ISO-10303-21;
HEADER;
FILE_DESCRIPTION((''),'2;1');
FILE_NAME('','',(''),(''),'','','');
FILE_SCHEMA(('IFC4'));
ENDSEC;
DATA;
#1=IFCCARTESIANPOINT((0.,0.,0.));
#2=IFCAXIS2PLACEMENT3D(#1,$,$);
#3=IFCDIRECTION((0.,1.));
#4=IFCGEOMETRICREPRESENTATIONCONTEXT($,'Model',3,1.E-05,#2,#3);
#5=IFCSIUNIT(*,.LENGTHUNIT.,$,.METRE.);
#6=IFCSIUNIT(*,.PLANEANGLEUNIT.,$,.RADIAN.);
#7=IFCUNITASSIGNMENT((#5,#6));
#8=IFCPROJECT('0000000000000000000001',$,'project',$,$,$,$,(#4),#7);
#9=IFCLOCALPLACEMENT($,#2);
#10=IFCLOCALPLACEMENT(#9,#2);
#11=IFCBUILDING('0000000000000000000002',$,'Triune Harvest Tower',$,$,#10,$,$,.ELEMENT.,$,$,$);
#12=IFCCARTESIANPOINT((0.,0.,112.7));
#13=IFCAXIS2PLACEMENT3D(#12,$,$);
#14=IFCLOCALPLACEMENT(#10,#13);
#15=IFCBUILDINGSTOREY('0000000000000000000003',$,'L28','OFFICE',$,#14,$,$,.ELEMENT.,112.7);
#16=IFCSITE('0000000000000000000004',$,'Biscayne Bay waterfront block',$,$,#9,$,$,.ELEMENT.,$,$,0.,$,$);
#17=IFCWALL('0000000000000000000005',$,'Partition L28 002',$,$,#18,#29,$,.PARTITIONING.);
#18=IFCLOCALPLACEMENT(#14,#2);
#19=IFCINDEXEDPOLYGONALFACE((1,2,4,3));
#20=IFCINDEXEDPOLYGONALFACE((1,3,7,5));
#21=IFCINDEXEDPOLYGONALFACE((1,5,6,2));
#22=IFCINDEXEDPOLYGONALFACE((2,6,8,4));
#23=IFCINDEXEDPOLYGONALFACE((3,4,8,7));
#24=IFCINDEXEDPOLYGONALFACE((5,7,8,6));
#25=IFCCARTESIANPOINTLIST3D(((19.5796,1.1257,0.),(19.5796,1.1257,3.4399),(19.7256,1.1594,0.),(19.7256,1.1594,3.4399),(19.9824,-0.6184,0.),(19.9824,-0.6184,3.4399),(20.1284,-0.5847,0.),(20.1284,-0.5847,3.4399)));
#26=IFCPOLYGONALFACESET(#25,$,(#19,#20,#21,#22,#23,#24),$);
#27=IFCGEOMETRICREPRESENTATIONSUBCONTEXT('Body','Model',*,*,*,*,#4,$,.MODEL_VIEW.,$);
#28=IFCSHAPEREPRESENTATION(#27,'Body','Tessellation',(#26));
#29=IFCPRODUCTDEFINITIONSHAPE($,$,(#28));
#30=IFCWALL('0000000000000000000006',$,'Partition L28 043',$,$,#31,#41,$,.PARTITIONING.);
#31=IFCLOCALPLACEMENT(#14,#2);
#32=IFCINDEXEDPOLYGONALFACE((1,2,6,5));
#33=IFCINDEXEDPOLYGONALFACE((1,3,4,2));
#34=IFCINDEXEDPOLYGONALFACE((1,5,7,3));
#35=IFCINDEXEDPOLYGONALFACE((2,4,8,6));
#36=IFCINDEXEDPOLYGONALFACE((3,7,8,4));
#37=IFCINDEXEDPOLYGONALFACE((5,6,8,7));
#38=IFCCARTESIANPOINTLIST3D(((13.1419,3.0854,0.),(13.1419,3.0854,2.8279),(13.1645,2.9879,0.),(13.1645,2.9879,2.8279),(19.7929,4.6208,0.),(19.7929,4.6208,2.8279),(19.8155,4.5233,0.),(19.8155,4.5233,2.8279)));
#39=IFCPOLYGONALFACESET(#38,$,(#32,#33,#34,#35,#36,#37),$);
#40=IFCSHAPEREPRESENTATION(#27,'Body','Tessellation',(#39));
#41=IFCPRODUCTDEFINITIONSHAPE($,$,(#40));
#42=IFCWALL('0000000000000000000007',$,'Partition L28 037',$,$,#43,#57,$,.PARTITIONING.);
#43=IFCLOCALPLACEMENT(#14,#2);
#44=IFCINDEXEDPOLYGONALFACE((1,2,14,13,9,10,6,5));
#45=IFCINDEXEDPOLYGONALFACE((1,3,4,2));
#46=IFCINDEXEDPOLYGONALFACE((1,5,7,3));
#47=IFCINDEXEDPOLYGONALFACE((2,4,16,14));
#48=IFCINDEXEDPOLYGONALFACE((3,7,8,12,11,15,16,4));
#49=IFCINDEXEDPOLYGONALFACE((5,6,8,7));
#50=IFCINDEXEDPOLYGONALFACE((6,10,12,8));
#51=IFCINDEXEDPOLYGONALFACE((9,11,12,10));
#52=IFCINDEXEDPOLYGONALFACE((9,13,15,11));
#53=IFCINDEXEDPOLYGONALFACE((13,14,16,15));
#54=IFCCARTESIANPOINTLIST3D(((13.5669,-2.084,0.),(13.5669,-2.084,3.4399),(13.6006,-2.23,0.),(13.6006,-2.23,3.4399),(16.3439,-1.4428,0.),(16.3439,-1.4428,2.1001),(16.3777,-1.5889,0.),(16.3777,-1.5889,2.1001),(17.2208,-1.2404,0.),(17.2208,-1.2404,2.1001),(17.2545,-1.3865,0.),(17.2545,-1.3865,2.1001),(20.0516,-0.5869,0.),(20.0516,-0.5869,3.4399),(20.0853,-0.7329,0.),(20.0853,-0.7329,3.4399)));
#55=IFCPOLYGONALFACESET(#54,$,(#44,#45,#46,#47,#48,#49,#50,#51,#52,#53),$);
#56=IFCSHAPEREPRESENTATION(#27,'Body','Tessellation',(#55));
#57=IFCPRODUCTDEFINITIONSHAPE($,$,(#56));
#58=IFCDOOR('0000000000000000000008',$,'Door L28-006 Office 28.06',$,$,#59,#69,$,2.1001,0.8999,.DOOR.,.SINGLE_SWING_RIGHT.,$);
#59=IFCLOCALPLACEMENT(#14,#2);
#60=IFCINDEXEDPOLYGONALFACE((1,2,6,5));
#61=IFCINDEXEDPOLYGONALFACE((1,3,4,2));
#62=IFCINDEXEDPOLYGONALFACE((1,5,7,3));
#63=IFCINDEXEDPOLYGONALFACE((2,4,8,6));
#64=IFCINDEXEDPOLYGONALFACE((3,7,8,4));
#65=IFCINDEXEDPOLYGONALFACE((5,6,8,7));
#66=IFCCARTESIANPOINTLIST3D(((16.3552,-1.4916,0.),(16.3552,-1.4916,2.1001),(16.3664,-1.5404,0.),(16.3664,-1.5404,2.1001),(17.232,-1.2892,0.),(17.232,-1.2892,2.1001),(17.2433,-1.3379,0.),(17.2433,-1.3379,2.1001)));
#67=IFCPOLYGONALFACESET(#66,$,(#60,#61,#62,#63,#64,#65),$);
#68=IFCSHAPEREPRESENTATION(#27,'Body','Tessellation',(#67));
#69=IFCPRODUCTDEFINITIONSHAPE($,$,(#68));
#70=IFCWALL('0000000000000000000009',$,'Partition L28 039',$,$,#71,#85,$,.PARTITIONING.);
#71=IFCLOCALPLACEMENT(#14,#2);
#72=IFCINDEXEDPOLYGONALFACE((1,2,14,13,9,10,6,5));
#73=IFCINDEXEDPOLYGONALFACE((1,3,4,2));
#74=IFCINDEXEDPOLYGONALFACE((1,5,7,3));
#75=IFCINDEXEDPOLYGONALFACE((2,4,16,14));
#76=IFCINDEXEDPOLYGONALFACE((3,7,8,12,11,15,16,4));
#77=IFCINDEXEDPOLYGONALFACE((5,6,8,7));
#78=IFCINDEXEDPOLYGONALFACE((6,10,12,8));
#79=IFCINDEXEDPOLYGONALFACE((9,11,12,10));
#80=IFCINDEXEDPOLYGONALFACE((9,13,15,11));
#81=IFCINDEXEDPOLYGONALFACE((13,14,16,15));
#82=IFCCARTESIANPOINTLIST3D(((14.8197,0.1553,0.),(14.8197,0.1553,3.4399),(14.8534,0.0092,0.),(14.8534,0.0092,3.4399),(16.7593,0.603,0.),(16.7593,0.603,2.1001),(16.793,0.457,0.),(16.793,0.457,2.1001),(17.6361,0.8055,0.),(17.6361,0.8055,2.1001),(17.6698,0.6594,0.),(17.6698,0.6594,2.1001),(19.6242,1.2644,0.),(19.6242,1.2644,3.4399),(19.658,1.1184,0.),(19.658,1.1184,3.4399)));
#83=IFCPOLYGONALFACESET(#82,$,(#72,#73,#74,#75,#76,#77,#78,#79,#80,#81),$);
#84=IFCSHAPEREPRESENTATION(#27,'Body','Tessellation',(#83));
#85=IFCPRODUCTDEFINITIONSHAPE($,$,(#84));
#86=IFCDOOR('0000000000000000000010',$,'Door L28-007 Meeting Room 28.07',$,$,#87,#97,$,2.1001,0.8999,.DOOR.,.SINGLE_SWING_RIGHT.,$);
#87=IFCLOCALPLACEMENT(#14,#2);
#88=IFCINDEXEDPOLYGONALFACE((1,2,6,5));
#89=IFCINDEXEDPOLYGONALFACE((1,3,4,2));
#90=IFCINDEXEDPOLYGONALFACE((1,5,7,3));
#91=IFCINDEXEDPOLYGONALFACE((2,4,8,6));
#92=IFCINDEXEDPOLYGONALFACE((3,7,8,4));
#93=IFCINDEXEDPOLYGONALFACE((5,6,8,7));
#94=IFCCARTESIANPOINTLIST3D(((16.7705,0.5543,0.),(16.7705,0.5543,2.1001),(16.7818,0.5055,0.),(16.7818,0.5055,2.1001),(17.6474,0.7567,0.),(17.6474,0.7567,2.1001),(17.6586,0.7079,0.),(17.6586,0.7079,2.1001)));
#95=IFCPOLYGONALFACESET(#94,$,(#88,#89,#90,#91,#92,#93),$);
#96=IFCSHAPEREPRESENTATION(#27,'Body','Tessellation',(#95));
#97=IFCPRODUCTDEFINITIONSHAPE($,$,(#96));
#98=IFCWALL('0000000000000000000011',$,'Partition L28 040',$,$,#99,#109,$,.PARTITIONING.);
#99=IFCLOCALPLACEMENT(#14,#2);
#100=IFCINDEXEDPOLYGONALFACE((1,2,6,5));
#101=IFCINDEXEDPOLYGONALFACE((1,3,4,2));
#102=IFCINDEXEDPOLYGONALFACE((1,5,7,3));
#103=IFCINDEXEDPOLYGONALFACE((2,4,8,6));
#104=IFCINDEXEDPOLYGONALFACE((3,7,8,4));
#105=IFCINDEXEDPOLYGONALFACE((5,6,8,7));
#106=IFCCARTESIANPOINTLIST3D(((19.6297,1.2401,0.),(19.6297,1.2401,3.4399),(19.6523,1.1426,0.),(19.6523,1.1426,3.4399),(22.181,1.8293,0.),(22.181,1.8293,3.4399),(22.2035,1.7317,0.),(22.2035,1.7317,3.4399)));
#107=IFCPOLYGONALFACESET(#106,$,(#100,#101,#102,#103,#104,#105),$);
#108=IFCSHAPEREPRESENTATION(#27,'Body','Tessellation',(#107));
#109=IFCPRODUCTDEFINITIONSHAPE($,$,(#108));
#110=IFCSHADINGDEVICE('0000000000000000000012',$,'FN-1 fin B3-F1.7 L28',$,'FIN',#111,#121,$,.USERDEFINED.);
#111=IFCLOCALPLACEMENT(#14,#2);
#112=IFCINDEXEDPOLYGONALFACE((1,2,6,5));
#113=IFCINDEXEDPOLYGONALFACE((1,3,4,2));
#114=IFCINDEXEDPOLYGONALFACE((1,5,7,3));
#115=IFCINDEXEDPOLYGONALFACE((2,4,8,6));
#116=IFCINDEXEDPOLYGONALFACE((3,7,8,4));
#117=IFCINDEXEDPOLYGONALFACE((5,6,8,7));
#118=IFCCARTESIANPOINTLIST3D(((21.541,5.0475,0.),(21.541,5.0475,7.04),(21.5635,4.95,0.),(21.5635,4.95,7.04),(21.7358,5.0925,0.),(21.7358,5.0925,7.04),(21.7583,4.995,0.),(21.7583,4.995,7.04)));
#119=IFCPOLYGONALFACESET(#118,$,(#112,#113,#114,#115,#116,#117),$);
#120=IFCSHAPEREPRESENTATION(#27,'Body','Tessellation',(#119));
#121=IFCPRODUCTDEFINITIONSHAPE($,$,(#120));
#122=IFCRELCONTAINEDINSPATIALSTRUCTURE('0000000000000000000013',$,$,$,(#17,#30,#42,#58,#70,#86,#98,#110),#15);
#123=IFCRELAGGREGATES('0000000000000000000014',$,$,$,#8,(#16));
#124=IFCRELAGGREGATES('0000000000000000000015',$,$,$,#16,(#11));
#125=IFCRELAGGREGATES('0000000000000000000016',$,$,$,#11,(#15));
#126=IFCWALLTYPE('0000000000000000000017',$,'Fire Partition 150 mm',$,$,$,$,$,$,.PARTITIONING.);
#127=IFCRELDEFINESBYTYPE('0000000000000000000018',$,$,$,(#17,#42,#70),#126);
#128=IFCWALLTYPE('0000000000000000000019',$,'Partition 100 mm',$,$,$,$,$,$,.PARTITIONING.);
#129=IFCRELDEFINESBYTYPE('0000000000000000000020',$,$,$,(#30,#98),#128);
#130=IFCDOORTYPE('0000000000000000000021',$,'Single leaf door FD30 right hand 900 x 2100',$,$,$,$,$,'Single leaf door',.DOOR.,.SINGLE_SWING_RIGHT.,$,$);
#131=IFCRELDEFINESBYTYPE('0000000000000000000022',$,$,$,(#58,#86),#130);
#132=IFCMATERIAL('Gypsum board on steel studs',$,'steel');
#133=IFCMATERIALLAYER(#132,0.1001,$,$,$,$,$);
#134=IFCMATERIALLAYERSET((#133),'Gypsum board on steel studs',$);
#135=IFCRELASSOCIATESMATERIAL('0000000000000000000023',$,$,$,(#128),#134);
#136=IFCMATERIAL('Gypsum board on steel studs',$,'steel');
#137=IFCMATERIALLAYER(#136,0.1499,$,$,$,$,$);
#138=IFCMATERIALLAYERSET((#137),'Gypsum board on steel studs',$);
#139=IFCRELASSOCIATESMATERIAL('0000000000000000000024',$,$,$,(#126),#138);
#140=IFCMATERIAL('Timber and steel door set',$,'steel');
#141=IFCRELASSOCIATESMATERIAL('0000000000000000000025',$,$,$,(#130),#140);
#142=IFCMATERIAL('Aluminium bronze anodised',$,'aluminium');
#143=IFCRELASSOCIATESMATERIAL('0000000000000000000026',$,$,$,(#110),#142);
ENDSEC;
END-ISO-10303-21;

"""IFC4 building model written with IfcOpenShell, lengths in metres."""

from ifc_helpers import new_model, si_unit, direction, frame, frame_2d, origin, origin_2d, place, context, subcontext, project, spatial, rectangle, extrude, source, transform, mapped, material, layer, layer_set, type_object, element, fill, save


model = new_model("IFC4")

# Units and contexts
model_context = context("Model", 3, precision=1e-05, world=origin(), true_north=direction((0.0, 1.0)))
body_context = subcontext(model_context, "Body", "Model", "MODEL_VIEW")
ifc_project = project(units=[si_unit("LENGTHUNIT", "METRE"), si_unit("PLANEANGLEUNIT", "RADIAN")], contexts=[model_context])

# Site, building, storey
site_placement = place(None, origin())
site = spatial("IfcSite", under=ifc_project, at=site_placement, Name="Biscayne Bay waterfront block", CompositionType="ELEMENT", RefElevation=0.0)
building_placement = place(site_placement, origin())
building = spatial("IfcBuilding", under=site, at=building_placement, Name="Triune Harvest Tower", CompositionType="ELEMENT")
storey_placement = place(building_placement, frame((0.0, 0.0, 112.7)))
storey = spatial("IfcBuildingStorey", under=building, at=storey_placement, Name="L28", Description="OFFICE", CompositionType="ELEMENT", Elevation=112.7)

# Walls
ifc_material_1 = material(Name="Gypsum board on steel studs", Category="steel")
ifc_layer_1 = layer(ifc_material_1, 0.1001)
ifc_layer_set_1 = layer_set([ifc_layer_1], Name="Gypsum board on steel studs")
wall_type_1 = type_object("IfcWallType", Name="Partition 100 mm", PredefinedType="PARTITIONING", material=ifc_layer_set_1)
ifc_material_2 = material(Name="Gypsum board on steel studs", Category="steel")
ifc_layer_2 = layer(ifc_material_2, 0.1499)
ifc_layer_set_2 = layer_set([ifc_layer_2], Name="Gypsum board on steel studs")
wall_type_2 = type_object("IfcWallType", Name="Fire Partition 150 mm", PredefinedType="PARTITIONING", material=ifc_layer_set_2)
shared_shape_1 = source(origin(), body_context, "Body", "SweptSolid", [
    extrude(rectangle(XDim=1.79, YDim=0.1499, at=frame_2d((0.895, 0.0))), origin(), (0.0, 0.0, 1.0), 3.4399),
])
wall_1_placement = place(storey_placement, frame((19.6526, 1.1426, 0.0), z_axis=(0.0, 0.0, 1.0), x_axis=(0.225039, -0.97435, 0.0)))
element("IfcWall", 1, at=wall_1_placement, inside=storey, type_object=wall_type_2, Name="Partition L28 002", PredefinedType="PARTITIONING", context=body_context, shape_type="MappedRepresentation", body=[
    mapped(shared_shape_1, transform((0.0, 0.0, 0.0), scale=1.0)),
])
shared_shape_2 = source(origin(), body_context, "Body", "SweptSolid", [
    extrude(rectangle(XDim=6.8259, YDim=0.1001, at=frame_2d((3.4131, 0.0))), origin(), (0.0, 0.0, 1.0), 2.8279),
])
wall_2_placement = place(storey_placement, frame((13.1531, 3.0366, 0.0), z_axis=(0.0, 0.0, 1.0), x_axis=(0.974374, 0.224933, 0.0)))
element("IfcWall", 2, at=wall_2_placement, inside=storey, type_object=wall_type_1, Name="Partition L28 043", PredefinedType="PARTITIONING", context=body_context, shape_type="MappedRepresentation", body=[
    mapped(shared_shape_2, transform((0.0, 0.0, 0.0), scale=1.0)),
])

# Walls, openings, doors
shared_shape_3 = source(origin(), body_context, "Body", "SweptSolid", [
    extrude(rectangle(XDim=6.6553, YDim=0.1499, at=frame_2d((3.3276, 0.0))), origin(), (0.0, 0.0, 1.0), 3.4399),
])
wall_3_placement = place(storey_placement, frame((13.5837, -2.157, 0.0), z_axis=(0.0, 0.0, 1.0), x_axis=(0.974371, 0.224948, 0.0)))
wall_3 = element("IfcWall", 3, at=wall_3_placement, inside=storey, type_object=wall_type_2, Name="Partition L28 037", PredefinedType="PARTITIONING", context=body_context, shape_type="MappedRepresentation", body=[
    mapped(shared_shape_3, transform((0.0, 0.0, 0.0), scale=1.0)),
])
opening_1_placement = place(wall_3_placement, frame((2.8501, 0.0, 0.0)))
opening_1 = element("IfcOpeningElement", 4, at=opening_1_placement, cuts=wall_3, PredefinedType="OPENING", context=body_context, shape_type="SweptSolid", body=[
    extrude(rectangle(XDim=0.8999, YDim=2.1001, at=frame_2d((0.45, 1.05))), frame((0.0, 0.085, 0.0), z_axis=(0.0, -1.0, 0.0), x_axis=(1.0, 0.0, 0.0)), (0.0, 0.0, 1.0), 0.1699),
])
ifc_material_3 = material(Name="Timber and steel door set", Category="steel")
door_type = type_object("IfcDoorType", Name="Single leaf door FD30 right hand 900 x 2100", ElementType="Single leaf door", OperationType="SINGLE_SWING_RIGHT", PredefinedType="DOOR", material=ifc_material_3)
door_1_placement = place(opening_1_placement, origin())
door_1 = element("IfcDoor", 5, at=door_1_placement, inside=storey, type_object=door_type, Name="Door L28-006 Office 28.06", OperationType="SINGLE_SWING_RIGHT", OverallHeight=2.1001, OverallWidth=0.8999, PredefinedType="DOOR", context=body_context, shape_type="SweptSolid", body=[
    extrude(rectangle(XDim=0.8999, YDim=2.1001, at=frame_2d((0.45, 1.05))), frame((0.0, 0.0249, 0.0), z_axis=(0.0, -1.0, 0.0), x_axis=(1.0, 0.0, 0.0)), (0.0, 0.0, 1.0), 0.05),
])
fill(opening_1, door_1)
shared_shape_4 = source(origin(), body_context, "Body", "SweptSolid", [
    extrude(rectangle(XDim=4.9309, YDim=0.1499, at=frame_2d((2.4653, 0.0))), origin(), (0.0, 0.0, 1.0), 3.4399),
])
wall_4_placement = place(storey_placement, frame((14.8367, 0.0823, 0.0), z_axis=(0.0, 0.0, 1.0), x_axis=(0.974373, 0.224939, 0.0)))
wall_4 = element("IfcWall", 6, at=wall_4_placement, inside=storey, type_object=wall_type_2, Name="Partition L28 039", PredefinedType="PARTITIONING", context=body_context, shape_type="MappedRepresentation", body=[
    mapped(shared_shape_4, transform((0.0, 0.0, 0.0), scale=1.0)),
])
opening_2_placement = place(wall_4_placement, frame((1.9905, 0.0, 0.0)))
opening_2 = element("IfcOpeningElement", 7, at=opening_2_placement, cuts=wall_4, PredefinedType="OPENING", context=body_context, shape_type="SweptSolid", body=[
    extrude(rectangle(XDim=0.8999, YDim=2.1001, at=frame_2d((0.45, 1.05))), frame((0.0, 0.085, 0.0), z_axis=(0.0, -1.0, 0.0), x_axis=(1.0, 0.0, 0.0)), (0.0, 0.0, 1.0), 0.1699),
])
door_2_placement = place(opening_2_placement, origin())
door_2 = element("IfcDoor", 8, at=door_2_placement, inside=storey, type_object=door_type, Name="Door L28-007 Meeting Room 28.07", OperationType="SINGLE_SWING_RIGHT", OverallHeight=2.1001, OverallWidth=0.8999, PredefinedType="DOOR", context=body_context, shape_type="SweptSolid", body=[
    extrude(rectangle(XDim=0.8999, YDim=2.1001, at=frame_2d((0.45, 1.05))), frame((0.0, 0.0249, 0.0), z_axis=(0.0, -1.0, 0.0), x_axis=(1.0, 0.0, 0.0)), (0.0, 0.0, 1.0), 0.05),
])
fill(opening_2, door_2)

# Wall
shared_shape_5 = source(origin(), body_context, "Body", "SweptSolid", [
    extrude(rectangle(XDim=2.6184, YDim=0.1001, at=frame_2d((1.3091, 0.0))), origin(), (0.0, 0.0, 1.0), 3.4399),
])
wall_5_placement = place(storey_placement, frame((19.6411, 1.1914, 0.0), z_axis=(0.0, 0.0, 1.0), x_axis=(0.974361, 0.224989, 0.0)))
element("IfcWall", 9, at=wall_5_placement, inside=storey, type_object=wall_type_1, Name="Partition L28 040", PredefinedType="PARTITIONING", context=body_context, shape_type="MappedRepresentation", body=[
    mapped(shared_shape_5, transform((0.0, 0.0, 0.0), scale=1.0)),
])

# Shading device
ifc_material_4 = material(Name="Aluminium bronze anodised", Category="aluminium")
shared_shape_6 = source(origin(), body_context, "Body", "SweptSolid", [
    extrude(rectangle(XDim=0.1001, YDim=0.2, at=origin_2d()), origin(), (0.0, 0.0, 1.0), 7.04),
])
shading_device_placement = place(storey_placement, frame((21.6497, 5.0212, 0.0), z_axis=(0.0, 0.0, 1.0), x_axis=(-0.224951, 0.97437, 0.0)))
element("IfcShadingDevice", 10, at=shading_device_placement, inside=storey, material=ifc_material_4, Name="FN-1 fin B3-F1.7 L28", ObjectType="FIN", PredefinedType="USERDEFINED", context=body_context, shape_type="MappedRepresentation", body=[
    mapped(shared_shape_6, transform((0.0, 0.0, 0.0), scale=1.0)),
])

save(model, "model.ifc")
